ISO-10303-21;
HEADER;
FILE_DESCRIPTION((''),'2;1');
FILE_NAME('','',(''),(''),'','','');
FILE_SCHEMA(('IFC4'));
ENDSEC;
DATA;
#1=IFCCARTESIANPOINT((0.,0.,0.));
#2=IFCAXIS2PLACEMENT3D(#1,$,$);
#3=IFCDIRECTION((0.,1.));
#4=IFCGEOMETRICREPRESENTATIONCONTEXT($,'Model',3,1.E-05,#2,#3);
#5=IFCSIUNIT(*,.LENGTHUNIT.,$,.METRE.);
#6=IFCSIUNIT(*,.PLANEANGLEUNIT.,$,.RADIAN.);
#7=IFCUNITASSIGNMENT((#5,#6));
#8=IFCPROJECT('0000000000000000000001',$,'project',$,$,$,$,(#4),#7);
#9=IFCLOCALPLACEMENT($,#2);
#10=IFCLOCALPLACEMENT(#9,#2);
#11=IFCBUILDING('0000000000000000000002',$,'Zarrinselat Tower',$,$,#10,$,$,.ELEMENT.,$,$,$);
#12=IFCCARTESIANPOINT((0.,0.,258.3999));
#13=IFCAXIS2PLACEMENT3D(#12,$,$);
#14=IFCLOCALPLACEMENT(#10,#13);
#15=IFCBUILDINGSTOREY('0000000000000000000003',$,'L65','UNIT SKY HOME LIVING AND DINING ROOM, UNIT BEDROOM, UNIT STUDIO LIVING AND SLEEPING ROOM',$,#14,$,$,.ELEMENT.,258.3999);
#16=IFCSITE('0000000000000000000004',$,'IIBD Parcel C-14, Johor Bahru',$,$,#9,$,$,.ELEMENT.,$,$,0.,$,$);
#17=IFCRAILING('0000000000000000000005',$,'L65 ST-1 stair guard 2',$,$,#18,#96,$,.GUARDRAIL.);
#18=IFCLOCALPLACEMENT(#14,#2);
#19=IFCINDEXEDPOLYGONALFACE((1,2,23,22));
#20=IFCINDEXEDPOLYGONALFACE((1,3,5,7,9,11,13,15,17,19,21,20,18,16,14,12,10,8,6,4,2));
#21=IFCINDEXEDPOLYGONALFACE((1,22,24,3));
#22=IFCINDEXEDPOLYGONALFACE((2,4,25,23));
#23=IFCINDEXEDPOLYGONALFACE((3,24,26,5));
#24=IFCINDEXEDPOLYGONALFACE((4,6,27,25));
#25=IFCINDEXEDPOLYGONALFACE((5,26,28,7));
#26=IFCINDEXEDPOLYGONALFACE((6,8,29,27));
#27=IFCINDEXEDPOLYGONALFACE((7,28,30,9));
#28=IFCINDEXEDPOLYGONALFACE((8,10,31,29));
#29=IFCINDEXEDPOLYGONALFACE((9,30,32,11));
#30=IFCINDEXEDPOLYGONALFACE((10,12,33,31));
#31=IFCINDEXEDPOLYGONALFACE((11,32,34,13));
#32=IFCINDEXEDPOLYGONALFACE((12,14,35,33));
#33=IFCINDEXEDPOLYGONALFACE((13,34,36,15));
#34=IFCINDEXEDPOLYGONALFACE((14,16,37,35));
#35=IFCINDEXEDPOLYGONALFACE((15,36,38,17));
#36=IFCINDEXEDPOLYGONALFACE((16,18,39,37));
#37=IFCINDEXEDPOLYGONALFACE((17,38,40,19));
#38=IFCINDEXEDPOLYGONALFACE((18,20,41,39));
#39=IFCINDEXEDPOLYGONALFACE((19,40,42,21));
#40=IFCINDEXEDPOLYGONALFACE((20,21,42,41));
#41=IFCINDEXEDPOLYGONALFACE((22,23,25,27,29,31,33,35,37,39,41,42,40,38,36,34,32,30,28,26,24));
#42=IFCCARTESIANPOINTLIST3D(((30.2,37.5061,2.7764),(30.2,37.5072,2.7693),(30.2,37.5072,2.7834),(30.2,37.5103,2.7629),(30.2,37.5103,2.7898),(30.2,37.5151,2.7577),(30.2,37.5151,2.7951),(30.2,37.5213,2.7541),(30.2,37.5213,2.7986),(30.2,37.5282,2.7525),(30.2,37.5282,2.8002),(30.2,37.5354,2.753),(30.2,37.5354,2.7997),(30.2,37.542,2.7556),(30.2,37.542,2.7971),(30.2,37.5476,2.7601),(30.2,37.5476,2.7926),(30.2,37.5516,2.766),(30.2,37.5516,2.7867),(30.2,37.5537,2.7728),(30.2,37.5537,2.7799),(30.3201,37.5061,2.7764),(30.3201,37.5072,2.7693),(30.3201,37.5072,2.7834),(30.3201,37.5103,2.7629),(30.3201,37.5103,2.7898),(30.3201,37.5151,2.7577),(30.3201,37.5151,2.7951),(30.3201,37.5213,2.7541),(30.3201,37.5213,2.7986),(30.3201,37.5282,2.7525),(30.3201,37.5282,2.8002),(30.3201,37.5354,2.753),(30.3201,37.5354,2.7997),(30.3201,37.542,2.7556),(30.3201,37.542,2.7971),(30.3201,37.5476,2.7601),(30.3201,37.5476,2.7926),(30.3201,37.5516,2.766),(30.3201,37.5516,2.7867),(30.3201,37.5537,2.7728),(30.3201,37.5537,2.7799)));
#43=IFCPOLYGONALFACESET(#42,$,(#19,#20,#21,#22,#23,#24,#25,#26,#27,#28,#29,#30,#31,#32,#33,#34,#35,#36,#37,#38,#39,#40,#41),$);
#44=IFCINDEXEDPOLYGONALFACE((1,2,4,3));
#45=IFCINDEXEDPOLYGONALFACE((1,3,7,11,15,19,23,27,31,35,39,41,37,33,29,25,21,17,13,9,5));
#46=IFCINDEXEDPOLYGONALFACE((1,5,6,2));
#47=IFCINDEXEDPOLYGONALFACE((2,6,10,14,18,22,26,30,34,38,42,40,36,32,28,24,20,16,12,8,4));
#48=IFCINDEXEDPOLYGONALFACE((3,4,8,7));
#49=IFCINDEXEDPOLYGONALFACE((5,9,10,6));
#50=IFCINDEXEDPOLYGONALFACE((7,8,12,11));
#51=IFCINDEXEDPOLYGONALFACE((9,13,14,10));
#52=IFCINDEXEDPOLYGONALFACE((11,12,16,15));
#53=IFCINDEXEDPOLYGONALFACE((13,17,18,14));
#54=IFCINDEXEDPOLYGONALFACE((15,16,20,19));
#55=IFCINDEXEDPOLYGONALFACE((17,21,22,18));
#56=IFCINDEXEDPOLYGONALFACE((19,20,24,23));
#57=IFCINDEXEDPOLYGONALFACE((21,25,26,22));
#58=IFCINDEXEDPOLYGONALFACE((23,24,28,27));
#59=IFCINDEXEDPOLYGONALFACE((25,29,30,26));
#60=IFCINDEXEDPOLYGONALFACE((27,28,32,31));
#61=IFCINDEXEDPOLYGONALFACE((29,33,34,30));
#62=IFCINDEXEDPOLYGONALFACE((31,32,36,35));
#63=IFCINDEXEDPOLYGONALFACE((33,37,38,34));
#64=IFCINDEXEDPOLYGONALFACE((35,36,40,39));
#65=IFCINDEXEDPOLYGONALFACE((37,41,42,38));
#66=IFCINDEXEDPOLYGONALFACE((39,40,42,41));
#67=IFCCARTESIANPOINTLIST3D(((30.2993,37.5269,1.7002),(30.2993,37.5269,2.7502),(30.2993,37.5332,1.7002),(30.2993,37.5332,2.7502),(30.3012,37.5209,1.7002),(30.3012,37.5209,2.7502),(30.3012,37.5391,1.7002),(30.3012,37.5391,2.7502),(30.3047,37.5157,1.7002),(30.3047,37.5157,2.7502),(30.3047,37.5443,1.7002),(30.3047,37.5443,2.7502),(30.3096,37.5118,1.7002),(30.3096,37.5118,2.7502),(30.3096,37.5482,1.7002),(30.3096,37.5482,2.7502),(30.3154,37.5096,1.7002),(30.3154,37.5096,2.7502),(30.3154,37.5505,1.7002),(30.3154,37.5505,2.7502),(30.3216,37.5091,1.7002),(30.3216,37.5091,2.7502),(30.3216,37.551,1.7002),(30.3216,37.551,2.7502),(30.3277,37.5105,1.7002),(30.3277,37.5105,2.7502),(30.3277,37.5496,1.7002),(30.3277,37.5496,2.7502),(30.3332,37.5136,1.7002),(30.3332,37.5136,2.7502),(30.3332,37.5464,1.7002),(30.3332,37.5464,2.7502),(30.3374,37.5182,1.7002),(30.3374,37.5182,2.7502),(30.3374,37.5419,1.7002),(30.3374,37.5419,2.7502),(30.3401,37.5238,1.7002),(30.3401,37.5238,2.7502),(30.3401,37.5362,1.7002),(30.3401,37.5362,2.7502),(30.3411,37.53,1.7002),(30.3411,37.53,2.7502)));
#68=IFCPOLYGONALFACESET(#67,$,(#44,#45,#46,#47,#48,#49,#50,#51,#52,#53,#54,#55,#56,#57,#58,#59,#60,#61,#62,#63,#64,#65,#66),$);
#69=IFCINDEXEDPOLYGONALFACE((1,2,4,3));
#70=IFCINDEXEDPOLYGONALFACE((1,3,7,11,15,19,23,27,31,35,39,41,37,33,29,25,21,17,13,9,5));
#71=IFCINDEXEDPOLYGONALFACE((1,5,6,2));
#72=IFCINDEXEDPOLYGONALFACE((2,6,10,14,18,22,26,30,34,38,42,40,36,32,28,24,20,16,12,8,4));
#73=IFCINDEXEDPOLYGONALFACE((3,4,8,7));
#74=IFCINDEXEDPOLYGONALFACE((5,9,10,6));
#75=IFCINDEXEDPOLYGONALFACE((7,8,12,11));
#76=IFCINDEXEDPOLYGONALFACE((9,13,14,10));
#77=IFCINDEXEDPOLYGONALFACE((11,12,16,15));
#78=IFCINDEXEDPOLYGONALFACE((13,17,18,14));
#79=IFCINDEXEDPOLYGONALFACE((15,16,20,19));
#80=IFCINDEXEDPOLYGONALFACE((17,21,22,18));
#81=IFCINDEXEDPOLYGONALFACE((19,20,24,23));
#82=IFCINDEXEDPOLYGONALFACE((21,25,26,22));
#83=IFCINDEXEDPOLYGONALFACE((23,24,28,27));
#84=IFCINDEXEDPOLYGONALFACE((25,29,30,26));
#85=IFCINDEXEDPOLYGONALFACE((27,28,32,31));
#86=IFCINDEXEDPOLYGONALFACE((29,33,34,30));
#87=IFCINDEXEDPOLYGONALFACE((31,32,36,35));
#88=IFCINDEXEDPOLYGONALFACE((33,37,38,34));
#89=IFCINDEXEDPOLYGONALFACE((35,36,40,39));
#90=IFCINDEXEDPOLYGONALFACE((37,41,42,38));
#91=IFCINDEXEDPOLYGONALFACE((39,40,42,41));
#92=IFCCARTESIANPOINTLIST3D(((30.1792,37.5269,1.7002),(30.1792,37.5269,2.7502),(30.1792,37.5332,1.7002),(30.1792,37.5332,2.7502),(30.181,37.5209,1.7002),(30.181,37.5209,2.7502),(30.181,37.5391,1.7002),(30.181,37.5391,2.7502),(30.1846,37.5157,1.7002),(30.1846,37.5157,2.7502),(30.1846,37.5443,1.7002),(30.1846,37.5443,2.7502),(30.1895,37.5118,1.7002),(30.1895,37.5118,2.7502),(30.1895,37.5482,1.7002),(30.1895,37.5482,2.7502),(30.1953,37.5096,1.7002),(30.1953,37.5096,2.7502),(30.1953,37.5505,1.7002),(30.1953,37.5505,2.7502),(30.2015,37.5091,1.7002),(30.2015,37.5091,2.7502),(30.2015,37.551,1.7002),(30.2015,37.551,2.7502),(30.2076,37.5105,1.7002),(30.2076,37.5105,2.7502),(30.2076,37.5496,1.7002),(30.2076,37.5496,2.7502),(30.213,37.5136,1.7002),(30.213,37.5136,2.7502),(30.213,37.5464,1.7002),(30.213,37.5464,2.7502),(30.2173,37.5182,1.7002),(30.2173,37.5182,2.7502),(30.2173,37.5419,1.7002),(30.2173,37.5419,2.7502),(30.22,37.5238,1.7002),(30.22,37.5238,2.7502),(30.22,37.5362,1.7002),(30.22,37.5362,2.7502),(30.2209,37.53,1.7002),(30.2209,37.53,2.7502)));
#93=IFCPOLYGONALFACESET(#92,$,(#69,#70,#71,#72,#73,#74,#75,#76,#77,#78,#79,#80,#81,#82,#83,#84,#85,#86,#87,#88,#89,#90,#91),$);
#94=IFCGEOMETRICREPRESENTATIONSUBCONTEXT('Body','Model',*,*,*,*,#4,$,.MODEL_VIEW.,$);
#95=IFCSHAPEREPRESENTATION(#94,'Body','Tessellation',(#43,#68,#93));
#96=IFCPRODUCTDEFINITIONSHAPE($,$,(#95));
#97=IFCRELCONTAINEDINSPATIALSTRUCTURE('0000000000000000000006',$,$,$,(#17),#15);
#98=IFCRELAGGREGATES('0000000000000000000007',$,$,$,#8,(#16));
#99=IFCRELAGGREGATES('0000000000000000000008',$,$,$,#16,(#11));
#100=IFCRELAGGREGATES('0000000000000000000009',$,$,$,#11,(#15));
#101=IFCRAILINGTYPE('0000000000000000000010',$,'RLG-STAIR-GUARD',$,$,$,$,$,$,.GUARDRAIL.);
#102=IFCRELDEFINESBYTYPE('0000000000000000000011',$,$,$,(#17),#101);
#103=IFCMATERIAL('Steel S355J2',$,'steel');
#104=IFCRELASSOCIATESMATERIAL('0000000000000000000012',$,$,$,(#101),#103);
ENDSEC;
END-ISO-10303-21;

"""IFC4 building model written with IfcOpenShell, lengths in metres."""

from ifc_helpers import new_model, si_unit, direction, frame, origin, origin_2d, place, context, subcontext, project, spatial, circle, extrude, material, type_object, element, save


model = new_model("IFC4")

# Units and contexts
model_context = context("Model", 3, precision=1e-05, world=origin(), true_north=direction((0.0, 1.0)))
body_context = subcontext(model_context, "Body", "Model", "MODEL_VIEW")
ifc_project = project(units=[si_unit("LENGTHUNIT", "METRE"), si_unit("PLANEANGLEUNIT", "RADIAN")], contexts=[model_context])

# Site, building, storey
site_placement = place(None, origin())
site = spatial("IfcSite", under=ifc_project, at=site_placement, Name="IIBD Parcel C-14, Johor Bahru", CompositionType="ELEMENT", RefElevation=0.0)
building_placement = place(site_placement, origin())
building = spatial("IfcBuilding", under=site, at=building_placement, Name="Zarrinselat Tower", CompositionType="ELEMENT")
storey_placement = place(building_placement, frame((0.0, 0.0, 258.3999)))
storey = spatial("IfcBuildingStorey", under=building, at=storey_placement, Name="L65", Description="UNIT SKY HOME LIVING AND DINING ROOM, UNIT BEDROOM, UNIT STUDIO LIVING AND SLEEPING ROOM", CompositionType="ELEMENT", Elevation=258.3999)

# Railing
ifc_material_1 = material(Name="Steel S355J2", Category="steel")
railing_type_1 = type_object("IfcRailingType", Name="RLG-STAIR-GUARD", PredefinedType="GUARDRAIL", material=ifc_material_1)
railing_1_placement = place(storey_placement, frame((30.3201, 37.53, 1.7002)))
element("IfcRailing", 1, at=railing_1_placement, inside=storey, type_object=railing_type_1, Name="L65 ST-1 stair guard 2", PredefinedType="GUARDRAIL", context=body_context, shape_type="SweptSolid", body=[
    extrude(circle(Radius=0.0239, at=origin_2d()), frame((0.0, 0.0, 1.0762), z_axis=(-1.0, 0.0, 0.0), x_axis=(0.0, -1.0, 0.0)), (0.0, 0.0, 1.0), 0.1201),
    extrude(circle(Radius=0.021, at=origin_2d()), origin(), (0.0, 0.0, 1.0), 1.05),
    extrude(circle(Radius=0.021, at=origin_2d()), frame((-0.1201, 0.0, 0.0)), (0.0, 0.0, 1.0), 1.05),
])

save(model, "model.ifc")
